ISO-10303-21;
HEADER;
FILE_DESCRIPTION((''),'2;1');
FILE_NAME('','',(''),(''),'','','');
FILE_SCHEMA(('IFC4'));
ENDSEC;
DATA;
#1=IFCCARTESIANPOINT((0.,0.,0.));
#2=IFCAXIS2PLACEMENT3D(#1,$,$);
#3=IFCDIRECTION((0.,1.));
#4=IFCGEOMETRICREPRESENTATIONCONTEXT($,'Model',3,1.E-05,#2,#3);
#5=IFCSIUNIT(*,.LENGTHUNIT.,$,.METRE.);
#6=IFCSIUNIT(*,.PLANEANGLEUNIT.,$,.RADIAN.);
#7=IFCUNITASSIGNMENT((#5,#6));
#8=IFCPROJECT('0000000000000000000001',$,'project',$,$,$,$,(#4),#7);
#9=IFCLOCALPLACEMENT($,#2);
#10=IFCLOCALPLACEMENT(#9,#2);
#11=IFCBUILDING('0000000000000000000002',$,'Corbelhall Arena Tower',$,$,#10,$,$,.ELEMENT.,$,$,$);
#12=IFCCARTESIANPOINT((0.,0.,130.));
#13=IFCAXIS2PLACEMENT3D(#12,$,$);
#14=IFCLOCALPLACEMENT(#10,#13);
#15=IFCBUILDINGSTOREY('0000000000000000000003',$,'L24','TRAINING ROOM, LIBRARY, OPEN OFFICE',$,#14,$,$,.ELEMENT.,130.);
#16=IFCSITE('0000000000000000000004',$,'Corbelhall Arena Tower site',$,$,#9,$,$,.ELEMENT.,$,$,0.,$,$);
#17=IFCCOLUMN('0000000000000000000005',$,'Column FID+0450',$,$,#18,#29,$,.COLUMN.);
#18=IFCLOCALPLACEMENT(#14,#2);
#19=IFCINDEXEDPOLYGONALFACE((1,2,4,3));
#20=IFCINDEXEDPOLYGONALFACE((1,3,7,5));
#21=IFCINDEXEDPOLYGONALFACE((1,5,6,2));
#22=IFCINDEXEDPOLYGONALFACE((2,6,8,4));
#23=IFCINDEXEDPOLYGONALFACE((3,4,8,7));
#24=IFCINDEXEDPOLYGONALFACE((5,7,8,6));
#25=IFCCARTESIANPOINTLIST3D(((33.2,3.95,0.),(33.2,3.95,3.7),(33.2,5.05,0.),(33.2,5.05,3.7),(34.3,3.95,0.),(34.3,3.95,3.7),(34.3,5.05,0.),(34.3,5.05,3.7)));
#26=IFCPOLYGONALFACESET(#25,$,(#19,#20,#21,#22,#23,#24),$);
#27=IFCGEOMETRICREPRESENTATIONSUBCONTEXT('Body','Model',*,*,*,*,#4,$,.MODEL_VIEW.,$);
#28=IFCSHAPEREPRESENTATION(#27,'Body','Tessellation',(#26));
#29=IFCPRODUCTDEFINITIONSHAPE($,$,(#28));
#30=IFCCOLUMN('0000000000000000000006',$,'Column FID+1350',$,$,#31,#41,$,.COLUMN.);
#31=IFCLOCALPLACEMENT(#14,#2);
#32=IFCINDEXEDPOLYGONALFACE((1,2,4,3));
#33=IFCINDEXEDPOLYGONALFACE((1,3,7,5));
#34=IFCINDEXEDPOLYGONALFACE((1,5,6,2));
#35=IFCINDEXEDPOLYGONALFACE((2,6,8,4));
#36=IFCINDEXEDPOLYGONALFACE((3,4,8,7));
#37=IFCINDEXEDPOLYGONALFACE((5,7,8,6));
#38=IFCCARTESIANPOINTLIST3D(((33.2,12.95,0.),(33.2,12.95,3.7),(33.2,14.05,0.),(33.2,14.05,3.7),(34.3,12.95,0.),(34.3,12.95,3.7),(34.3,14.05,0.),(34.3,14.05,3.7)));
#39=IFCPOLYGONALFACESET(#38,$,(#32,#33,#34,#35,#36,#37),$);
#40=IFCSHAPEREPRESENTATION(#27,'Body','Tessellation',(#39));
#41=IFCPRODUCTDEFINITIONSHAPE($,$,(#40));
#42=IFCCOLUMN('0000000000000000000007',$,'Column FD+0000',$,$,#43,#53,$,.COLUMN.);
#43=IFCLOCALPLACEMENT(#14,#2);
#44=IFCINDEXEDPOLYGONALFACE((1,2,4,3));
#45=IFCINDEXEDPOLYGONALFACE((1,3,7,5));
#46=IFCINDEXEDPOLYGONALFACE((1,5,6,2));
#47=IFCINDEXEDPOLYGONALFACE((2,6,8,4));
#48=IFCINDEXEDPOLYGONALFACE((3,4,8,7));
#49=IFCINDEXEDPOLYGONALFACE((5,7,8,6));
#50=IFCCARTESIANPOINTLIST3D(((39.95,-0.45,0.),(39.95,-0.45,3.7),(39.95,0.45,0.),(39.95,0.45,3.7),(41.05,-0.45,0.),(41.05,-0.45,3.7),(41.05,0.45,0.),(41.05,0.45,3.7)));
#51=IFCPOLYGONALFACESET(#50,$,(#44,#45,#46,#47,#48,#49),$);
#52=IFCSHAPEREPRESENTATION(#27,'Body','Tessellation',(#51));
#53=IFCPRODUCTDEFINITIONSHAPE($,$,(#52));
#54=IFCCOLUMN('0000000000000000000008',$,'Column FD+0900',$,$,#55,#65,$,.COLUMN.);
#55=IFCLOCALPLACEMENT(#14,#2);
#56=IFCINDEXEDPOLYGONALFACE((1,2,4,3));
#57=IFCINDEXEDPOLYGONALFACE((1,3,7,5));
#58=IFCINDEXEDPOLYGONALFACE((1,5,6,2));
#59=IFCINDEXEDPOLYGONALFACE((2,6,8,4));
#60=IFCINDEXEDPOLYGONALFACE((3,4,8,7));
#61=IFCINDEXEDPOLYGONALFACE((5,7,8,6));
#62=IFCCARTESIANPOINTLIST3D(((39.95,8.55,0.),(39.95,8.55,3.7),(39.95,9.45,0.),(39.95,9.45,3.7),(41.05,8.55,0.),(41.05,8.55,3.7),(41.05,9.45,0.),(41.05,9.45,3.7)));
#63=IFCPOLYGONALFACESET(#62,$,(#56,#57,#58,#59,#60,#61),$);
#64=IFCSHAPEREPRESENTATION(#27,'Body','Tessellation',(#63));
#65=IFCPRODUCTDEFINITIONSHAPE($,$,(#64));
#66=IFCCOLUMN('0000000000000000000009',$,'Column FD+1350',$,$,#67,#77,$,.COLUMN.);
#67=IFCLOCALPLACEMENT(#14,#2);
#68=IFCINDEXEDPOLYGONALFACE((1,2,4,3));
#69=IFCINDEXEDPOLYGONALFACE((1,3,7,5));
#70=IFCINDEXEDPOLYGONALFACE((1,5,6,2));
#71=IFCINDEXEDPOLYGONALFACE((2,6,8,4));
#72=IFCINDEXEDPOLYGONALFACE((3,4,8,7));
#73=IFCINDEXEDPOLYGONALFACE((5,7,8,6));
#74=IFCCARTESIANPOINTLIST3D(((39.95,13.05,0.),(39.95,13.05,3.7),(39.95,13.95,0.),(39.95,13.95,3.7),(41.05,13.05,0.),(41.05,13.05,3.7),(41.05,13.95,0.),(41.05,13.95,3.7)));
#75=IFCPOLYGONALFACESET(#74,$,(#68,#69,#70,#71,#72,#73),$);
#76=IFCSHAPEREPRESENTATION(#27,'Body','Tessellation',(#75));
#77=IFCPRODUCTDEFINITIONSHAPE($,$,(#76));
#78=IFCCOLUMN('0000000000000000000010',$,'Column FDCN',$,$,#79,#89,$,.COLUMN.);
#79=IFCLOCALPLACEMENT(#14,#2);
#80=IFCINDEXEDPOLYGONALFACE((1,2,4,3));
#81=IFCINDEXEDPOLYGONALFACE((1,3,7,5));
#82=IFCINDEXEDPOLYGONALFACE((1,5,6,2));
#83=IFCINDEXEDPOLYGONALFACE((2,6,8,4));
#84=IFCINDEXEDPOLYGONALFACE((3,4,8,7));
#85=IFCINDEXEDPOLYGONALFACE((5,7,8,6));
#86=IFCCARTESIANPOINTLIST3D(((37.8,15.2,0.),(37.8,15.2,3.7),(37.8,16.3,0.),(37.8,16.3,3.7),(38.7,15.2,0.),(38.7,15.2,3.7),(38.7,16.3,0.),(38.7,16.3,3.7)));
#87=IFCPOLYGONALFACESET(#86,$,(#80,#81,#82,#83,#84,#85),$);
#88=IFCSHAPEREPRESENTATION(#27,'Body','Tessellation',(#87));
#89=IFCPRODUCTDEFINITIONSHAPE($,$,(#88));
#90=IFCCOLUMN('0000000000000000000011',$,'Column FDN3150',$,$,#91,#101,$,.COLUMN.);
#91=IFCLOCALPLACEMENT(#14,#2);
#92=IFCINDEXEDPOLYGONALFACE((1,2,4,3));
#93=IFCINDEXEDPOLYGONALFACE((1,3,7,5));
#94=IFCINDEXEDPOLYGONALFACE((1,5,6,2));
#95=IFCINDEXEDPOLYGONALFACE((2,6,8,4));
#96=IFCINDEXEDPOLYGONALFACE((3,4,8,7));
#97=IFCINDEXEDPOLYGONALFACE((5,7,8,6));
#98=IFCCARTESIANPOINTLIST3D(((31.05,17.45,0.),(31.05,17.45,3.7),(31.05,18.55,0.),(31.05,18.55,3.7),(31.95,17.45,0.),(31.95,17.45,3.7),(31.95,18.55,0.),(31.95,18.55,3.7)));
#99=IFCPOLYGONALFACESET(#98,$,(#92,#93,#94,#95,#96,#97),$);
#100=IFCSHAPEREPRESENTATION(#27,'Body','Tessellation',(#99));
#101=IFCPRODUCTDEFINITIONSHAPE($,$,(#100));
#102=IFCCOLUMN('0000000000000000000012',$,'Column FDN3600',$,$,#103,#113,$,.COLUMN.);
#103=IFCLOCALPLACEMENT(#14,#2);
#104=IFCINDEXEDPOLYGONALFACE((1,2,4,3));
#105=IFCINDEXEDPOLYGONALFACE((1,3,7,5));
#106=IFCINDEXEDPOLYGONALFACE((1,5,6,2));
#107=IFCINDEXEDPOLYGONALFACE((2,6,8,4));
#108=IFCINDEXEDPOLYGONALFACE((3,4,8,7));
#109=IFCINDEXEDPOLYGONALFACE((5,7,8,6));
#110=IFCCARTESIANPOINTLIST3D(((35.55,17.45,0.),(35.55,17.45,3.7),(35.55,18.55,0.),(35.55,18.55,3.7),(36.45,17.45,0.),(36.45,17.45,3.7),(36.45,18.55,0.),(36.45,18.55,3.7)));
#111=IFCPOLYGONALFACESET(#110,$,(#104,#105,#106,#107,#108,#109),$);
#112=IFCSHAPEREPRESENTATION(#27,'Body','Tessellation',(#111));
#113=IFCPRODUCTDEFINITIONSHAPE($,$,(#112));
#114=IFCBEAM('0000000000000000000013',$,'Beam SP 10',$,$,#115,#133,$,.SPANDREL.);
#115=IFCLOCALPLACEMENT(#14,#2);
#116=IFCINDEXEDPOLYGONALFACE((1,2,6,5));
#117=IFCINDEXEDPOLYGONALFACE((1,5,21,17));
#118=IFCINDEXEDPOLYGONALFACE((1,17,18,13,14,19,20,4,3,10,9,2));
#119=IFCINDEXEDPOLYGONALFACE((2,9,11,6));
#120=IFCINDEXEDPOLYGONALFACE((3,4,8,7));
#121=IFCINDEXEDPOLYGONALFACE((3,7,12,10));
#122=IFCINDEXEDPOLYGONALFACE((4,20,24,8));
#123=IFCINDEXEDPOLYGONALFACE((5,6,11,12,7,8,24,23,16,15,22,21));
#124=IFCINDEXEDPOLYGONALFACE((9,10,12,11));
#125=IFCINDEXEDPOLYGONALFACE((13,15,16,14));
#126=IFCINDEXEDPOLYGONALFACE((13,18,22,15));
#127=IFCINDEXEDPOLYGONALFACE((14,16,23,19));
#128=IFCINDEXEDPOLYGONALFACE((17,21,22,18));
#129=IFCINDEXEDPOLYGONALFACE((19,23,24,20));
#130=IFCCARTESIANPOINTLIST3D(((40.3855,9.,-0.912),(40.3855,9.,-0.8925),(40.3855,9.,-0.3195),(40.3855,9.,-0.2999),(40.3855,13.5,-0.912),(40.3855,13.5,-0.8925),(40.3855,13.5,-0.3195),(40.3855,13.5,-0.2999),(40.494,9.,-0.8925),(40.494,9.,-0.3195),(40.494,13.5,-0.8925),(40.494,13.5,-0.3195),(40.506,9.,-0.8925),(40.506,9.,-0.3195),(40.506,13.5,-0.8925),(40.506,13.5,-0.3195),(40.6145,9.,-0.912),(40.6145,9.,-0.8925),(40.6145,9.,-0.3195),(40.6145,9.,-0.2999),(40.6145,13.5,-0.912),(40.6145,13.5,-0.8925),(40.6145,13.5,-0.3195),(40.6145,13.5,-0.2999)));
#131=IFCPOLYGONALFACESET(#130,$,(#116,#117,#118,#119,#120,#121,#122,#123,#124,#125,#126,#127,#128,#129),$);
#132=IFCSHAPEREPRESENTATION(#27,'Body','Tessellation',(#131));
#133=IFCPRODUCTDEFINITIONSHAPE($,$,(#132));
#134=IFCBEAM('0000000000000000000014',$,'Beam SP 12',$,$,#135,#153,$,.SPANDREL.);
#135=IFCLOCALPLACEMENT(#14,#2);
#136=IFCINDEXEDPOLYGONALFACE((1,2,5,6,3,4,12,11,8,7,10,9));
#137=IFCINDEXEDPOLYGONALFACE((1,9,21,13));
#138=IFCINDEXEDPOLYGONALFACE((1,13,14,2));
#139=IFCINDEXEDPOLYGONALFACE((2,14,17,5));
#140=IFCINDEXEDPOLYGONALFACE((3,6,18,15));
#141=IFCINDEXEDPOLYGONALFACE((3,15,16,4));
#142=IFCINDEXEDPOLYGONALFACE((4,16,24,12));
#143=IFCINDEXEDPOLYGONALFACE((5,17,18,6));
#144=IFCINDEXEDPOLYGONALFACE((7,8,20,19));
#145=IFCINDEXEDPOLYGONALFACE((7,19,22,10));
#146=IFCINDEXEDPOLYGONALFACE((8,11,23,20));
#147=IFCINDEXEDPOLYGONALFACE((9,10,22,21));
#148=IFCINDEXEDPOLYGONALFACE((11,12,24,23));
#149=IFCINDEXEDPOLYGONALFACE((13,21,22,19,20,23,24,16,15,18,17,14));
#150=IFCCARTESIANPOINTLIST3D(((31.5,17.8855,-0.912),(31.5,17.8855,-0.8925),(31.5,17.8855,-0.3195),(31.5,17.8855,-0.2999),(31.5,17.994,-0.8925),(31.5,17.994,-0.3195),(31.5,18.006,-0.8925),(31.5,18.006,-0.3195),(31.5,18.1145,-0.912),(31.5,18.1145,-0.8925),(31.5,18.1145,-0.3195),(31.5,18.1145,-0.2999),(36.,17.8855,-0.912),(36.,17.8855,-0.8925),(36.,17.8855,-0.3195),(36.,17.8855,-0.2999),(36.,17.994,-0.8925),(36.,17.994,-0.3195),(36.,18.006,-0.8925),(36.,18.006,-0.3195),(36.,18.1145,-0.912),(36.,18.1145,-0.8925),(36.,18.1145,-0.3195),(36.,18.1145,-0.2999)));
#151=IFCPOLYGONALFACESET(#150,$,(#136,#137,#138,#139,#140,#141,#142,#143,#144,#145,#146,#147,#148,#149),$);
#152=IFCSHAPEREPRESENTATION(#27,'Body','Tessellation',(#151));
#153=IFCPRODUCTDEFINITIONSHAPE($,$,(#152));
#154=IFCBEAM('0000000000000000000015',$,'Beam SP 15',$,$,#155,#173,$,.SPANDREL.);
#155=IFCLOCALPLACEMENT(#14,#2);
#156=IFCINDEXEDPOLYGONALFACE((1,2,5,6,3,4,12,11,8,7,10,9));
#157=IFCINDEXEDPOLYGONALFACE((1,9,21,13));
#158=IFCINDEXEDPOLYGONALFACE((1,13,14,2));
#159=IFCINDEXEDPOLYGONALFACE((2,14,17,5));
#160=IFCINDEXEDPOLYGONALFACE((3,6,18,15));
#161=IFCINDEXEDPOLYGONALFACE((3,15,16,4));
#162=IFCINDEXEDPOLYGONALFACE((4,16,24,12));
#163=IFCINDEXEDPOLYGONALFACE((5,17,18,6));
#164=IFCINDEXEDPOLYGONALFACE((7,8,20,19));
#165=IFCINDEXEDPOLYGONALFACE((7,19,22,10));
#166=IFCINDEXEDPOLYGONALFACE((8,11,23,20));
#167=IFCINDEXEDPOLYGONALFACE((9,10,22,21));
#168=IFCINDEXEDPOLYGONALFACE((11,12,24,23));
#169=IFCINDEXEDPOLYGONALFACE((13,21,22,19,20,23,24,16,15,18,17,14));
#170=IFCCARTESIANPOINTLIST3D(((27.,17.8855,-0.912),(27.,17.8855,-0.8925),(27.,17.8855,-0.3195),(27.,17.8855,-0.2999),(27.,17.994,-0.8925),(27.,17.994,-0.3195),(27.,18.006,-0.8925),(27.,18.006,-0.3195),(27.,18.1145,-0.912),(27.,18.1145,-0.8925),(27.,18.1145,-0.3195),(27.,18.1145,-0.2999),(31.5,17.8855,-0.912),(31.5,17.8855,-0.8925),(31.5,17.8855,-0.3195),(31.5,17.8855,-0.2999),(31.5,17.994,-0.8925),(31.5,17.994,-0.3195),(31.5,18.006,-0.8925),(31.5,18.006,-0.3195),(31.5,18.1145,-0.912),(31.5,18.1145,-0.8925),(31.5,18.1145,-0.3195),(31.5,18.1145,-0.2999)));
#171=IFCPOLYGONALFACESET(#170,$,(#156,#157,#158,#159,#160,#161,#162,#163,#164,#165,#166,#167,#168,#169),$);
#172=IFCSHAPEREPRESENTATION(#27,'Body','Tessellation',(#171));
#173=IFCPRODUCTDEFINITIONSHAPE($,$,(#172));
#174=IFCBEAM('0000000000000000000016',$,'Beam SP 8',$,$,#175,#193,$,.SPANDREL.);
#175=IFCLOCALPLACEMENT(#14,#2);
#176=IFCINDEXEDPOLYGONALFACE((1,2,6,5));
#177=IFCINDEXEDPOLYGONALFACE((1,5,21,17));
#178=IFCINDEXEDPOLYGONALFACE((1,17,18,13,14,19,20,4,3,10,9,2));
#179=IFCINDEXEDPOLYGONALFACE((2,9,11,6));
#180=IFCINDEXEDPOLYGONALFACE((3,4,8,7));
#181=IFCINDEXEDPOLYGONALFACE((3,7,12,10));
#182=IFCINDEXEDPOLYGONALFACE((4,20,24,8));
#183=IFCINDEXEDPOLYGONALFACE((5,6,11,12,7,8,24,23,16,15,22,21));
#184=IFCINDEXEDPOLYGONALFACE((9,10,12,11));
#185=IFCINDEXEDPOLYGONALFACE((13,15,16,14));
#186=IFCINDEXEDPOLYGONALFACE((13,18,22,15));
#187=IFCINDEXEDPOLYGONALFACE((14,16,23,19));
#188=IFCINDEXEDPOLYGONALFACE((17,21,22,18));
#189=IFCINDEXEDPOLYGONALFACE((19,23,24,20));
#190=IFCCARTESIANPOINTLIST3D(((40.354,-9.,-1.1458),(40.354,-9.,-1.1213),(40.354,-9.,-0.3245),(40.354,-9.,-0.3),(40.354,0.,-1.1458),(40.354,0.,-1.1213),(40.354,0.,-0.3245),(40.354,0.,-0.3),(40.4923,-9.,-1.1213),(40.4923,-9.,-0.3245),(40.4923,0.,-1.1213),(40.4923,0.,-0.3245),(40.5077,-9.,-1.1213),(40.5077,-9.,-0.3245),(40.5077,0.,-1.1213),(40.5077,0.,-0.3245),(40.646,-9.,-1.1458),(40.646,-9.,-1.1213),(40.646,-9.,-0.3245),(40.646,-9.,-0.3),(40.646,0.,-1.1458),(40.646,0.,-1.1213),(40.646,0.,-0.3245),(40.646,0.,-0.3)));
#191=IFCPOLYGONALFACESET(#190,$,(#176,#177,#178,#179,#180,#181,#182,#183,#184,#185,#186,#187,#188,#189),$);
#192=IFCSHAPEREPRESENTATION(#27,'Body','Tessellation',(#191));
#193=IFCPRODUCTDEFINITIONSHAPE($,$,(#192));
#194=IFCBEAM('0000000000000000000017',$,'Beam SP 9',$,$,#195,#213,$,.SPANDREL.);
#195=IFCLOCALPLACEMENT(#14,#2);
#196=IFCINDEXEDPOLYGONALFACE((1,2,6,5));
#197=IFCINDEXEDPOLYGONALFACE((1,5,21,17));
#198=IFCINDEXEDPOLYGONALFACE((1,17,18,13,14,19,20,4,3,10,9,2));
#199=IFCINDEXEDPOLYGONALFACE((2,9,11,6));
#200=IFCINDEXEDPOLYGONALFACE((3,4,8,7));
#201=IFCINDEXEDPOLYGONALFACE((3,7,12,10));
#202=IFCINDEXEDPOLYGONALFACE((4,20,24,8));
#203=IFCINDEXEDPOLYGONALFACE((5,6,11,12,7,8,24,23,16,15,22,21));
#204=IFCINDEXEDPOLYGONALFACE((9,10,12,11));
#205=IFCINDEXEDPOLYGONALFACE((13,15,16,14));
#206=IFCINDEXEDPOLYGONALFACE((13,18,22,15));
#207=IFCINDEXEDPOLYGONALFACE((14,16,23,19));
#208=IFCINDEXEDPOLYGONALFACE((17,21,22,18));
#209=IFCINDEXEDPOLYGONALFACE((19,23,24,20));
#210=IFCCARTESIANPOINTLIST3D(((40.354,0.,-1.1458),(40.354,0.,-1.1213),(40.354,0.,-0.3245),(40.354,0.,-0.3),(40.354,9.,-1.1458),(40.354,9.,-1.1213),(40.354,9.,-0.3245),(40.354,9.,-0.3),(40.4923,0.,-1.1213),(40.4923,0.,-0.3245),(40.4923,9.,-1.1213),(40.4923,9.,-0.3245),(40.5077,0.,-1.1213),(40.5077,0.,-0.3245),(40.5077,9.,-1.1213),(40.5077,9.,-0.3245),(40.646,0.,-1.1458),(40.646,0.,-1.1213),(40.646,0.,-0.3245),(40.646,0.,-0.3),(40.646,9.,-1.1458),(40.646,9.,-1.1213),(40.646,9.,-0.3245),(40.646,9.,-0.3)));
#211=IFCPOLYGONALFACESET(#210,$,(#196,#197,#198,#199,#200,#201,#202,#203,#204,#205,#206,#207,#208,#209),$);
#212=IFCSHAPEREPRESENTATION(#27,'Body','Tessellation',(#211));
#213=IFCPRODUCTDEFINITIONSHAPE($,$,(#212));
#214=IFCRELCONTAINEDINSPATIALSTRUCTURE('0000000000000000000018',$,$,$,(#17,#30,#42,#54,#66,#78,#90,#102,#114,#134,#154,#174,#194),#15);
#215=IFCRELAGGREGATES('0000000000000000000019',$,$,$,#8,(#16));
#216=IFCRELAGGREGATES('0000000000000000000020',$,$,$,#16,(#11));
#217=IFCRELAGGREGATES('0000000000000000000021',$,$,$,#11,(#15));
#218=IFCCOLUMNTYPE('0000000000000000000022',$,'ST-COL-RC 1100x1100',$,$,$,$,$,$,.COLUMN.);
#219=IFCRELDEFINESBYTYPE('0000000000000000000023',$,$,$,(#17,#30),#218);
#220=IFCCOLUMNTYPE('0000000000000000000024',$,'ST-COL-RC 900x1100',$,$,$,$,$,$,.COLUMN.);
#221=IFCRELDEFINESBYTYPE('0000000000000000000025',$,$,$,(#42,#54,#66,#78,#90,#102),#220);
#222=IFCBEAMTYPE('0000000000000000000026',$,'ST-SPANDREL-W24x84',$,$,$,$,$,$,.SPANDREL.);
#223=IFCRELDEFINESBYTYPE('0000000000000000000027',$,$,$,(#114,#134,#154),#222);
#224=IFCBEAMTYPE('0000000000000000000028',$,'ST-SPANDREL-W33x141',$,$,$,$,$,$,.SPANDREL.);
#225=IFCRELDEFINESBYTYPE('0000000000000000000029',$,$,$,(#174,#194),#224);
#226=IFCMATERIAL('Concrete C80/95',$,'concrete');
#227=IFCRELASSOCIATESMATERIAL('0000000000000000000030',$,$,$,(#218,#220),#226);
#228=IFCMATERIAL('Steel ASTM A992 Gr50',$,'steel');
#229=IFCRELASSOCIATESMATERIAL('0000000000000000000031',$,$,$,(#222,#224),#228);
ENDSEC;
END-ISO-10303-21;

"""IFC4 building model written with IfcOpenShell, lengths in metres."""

from ifc_helpers import new_model, si_unit, direction, frame, origin, origin_2d, place, context, subcontext, project, spatial, rectangle, i_section, extrude, material, material_profile, profile_set, type_object, element, save


model = new_model("IFC4")

# Units and contexts
model_context = context("Model", 3, precision=1e-05, world=origin(), true_north=direction((0.0, 1.0)))
body_context = subcontext(model_context, "Body", "Model", "MODEL_VIEW")
ifc_project = project(units=[si_unit("LENGTHUNIT", "METRE"), si_unit("PLANEANGLEUNIT", "RADIAN")], contexts=[model_context])

# Site, building, storey
site_placement = place(None, origin())
site = spatial("IfcSite", under=ifc_project, at=site_placement, Name="Corbelhall Arena Tower site", CompositionType="ELEMENT", RefElevation=0.0)
building_placement = place(site_placement, origin())
building = spatial("IfcBuilding", under=site, at=building_placement, Name="Corbelhall Arena Tower", CompositionType="ELEMENT")
storey_placement = place(building_placement, frame((0.0, 0.0, 130.0)))
storey = spatial("IfcBuildingStorey", under=building, at=storey_placement, Name="L24", Description="TRAINING ROOM, LIBRARY, OPEN OFFICE", CompositionType="ELEMENT", Elevation=130.0)

# Columns
ifc_material_1 = material(Name="Concrete C80/95", Category="concrete")
ifc_material_profile_1 = material_profile(ifc_material_1, rectangle(XDim=1.1001, YDim=1.1001, at=origin_2d()))
ifc_profile_set_1 = profile_set([ifc_material_profile_1], Name="Concrete C80/95")
column_type_1 = type_object("IfcColumnType", Name="ST-COL-RC 1100x1100", PredefinedType="COLUMN", material=ifc_profile_set_1)
for number, where, z_axis, x_axis, name in (
    (1, (33.75, 4.5, 0.0), (0.0, 0.0, 1.0), (1.0, 0.0, 0.0), "Column FID+0450"),
    (2, (33.75, 13.5, 0.0), (0.0, 0.0, 1.0), (1.0, 0.0, 0.0), "Column FID+1350"),
):
    element("IfcColumn", number, at=place(storey_placement, frame(where, z_axis=z_axis, x_axis=x_axis)), inside=storey, type_object=column_type_1, Name=name, PredefinedType="COLUMN", context=body_context, shape_type="SweptSolid", body=[
        extrude(rectangle(XDim=1.1001, YDim=1.1001, at=origin_2d()), origin(), (0.0, 0.0, 1.0), 3.7),
    ])
ifc_material_profile_2 = material_profile(ifc_material_1, rectangle(XDim=0.8999, YDim=1.1001, at=origin_2d()))
ifc_profile_set_2 = profile_set([ifc_material_profile_2], Name="Concrete C80/95")
column_type_2 = type_object("IfcColumnType", Name="ST-COL-RC 900x1100", PredefinedType="COLUMN", material=ifc_profile_set_2)
for number, where, z_axis, x_axis, name in (
    (3, (40.5, 0.0, 0.0), (0.0, 0.0, 1.0), (0.0, 1.0, 0.0), "Column FD+0000"),
    (4, (40.5, 9.0, 0.0), (0.0, 0.0, 1.0), (0.0, 1.0, 0.0), "Column FD+0900"),
    (5, (40.5, 13.5, 0.0), (0.0, 0.0, 1.0), (0.0, 1.0, 0.0), "Column FD+1350"),
    (6, (38.25, 15.75, 0.0), (0.0, 0.0, 1.0), (1.0, 0.0, 0.0), "Column FDCN"),
    (7, (31.5, 18.0, 0.0), (0.0, 0.0, 1.0), (1.0, 0.0, 0.0), "Column FDN3150"),
    (8, (36.0, 18.0, 0.0), (0.0, 0.0, 1.0), (1.0, 0.0, 0.0), "Column FDN3600"),
):
    element("IfcColumn", number, at=place(storey_placement, frame(where, z_axis=z_axis, x_axis=x_axis)), inside=storey, type_object=column_type_2, Name=name, PredefinedType="COLUMN", context=body_context, shape_type="SweptSolid", body=[
        extrude(rectangle(XDim=0.8999, YDim=1.1001, at=origin_2d()), origin(), (0.0, 0.0, 1.0), 3.7),
    ])

# Beams
ifc_material_2 = material(Name="Steel ASTM A992 Gr50", Category="steel")
ifc_material_profile_3 = material_profile(ifc_material_2, i_section(OverallWidth=0.229, OverallDepth=0.6121, WebThickness=0.012, FlangeThickness=0.0195, at=origin_2d()))
ifc_profile_set_3 = profile_set([ifc_material_profile_3], Name="Steel ASTM A992 Gr50")
beam_type_1 = type_object("IfcBeamType", Name="ST-SPANDREL-W24x84", PredefinedType="SPANDREL", material=ifc_profile_set_3)
for number, where, z_axis, x_axis, name in (
    (9, (40.5, 13.5, -0.606), (0.0, -1.0, 0.0), (1.0, 0.0, 0.0), "Beam SP 10"),
    (10, (31.5, 18.0, -0.606), (1.0, 0.0, 0.0), (0.0, 1.0, 0.0), "Beam SP 12"),
    (11, (27.0, 18.0, -0.606), (1.0, 0.0, 0.0), (0.0, 1.0, 0.0), "Beam SP 15"),
):
    element("IfcBeam", number, at=place(storey_placement, frame(where, z_axis=z_axis, x_axis=x_axis)), inside=storey, type_object=beam_type_1, Name=name, PredefinedType="SPANDREL", context=body_context, shape_type="SweptSolid", body=[
        extrude(i_section(OverallWidth=0.229, OverallDepth=0.6121, WebThickness=0.012, FlangeThickness=0.0195, at=origin_2d()), origin(), (0.0, 0.0, 1.0), 4.5),
    ])
ifc_material_profile_4 = material_profile(ifc_material_2, i_section(OverallWidth=0.292, OverallDepth=0.8457, WebThickness=0.0154, FlangeThickness=0.0244, at=origin_2d()))
ifc_profile_set_4 = profile_set([ifc_material_profile_4], Name="Steel ASTM A992 Gr50")
beam_type_2 = type_object("IfcBeamType", Name="ST-SPANDREL-W33x141", PredefinedType="SPANDREL", material=ifc_profile_set_4)
for number, where, z_axis, x_axis, name in (
    (12, (40.5, 0.0, -0.7229), (0.0, -1.0, 0.0), (1.0, 0.0, 0.0), "Beam SP 8"),
    (13, (40.5, 9.0, -0.7229), (0.0, -1.0, 0.0), (1.0, 0.0, 0.0), "Beam SP 9"),
):
    element("IfcBeam", number, at=place(storey_placement, frame(where, z_axis=z_axis, x_axis=x_axis)), inside=storey, type_object=beam_type_2, Name=name, PredefinedType="SPANDREL", context=body_context, shape_type="SweptSolid", body=[
        extrude(i_section(OverallWidth=0.292, OverallDepth=0.8457, WebThickness=0.0154, FlangeThickness=0.0244, at=origin_2d()), origin(), (0.0, 0.0, 1.0), 9.0),
    ])

save(model, "model.ifc")
